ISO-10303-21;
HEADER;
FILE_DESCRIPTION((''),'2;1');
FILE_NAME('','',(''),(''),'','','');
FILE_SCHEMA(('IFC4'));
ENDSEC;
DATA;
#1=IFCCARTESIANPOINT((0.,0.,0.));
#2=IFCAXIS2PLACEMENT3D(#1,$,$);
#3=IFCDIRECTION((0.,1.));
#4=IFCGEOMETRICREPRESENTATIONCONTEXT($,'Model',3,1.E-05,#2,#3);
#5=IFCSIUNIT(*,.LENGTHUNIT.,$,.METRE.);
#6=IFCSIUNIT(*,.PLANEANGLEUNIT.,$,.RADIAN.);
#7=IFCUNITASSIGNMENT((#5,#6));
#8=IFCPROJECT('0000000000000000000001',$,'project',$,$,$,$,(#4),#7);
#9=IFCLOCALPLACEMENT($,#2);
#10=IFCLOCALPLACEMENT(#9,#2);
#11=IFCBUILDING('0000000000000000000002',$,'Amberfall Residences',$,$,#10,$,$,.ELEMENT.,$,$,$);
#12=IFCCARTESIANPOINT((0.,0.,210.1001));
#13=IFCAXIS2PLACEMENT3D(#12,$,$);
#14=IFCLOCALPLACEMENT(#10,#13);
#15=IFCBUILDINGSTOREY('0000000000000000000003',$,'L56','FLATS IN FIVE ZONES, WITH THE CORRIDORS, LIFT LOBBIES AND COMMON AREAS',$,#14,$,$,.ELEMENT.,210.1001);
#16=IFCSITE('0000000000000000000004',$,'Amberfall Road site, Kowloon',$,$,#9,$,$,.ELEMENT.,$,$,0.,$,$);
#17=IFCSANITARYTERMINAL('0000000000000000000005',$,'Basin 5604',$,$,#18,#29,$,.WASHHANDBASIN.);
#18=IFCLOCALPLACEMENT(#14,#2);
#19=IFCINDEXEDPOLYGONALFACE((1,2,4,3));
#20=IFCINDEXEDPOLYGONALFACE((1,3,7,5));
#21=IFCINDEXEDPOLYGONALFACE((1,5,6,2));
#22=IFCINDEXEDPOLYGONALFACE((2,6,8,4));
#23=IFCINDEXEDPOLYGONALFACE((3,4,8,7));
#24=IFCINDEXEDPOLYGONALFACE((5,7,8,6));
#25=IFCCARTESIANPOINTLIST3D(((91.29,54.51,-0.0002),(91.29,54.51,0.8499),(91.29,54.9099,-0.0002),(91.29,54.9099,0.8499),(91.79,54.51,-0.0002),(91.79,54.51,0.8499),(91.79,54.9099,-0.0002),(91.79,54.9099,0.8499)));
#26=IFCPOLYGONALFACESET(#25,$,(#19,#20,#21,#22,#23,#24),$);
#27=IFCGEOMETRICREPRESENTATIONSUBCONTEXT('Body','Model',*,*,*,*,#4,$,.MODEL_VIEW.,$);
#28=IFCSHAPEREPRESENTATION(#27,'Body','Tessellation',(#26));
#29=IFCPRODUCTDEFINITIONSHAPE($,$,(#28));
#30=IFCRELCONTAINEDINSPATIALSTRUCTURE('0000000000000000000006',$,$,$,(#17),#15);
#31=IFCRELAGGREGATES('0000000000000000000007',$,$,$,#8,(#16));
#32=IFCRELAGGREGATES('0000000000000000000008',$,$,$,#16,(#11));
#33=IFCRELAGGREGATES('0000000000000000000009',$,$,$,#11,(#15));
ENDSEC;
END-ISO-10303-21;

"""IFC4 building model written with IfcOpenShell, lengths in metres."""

from ifc_helpers import new_model, si_unit, direction, frame, origin, origin_2d, place, context, subcontext, project, spatial, rectangle, extrude, element, save


model = new_model("IFC4")

# Units and contexts
model_context = context("Model", 3, precision=1e-05, world=origin(), true_north=direction((0.0, 1.0)))
body_context = subcontext(model_context, "Body", "Model", "MODEL_VIEW")
ifc_project = project(units=[si_unit("LENGTHUNIT", "METRE"), si_unit("PLANEANGLEUNIT", "RADIAN")], contexts=[model_context])

# Site, building, storey
site_placement = place(None, origin())
site = spatial("IfcSite", under=ifc_project, at=site_placement, Name="Amberfall Road site, Kowloon", CompositionType="ELEMENT", RefElevation=0.0)
building_placement = place(site_placement, origin())
building = spatial("IfcBuilding", under=site, at=building_placement, Name="Amberfall Residences", CompositionType="ELEMENT")
storey_placement = place(building_placement, frame((0.0, 0.0, 210.1001)))
storey = spatial("IfcBuildingStorey", under=building, at=storey_placement, Name="L56", Description="FLATS IN FIVE ZONES, WITH THE CORRIDORS, LIFT LOBBIES AND COMMON AREAS", CompositionType="ELEMENT", Elevation=210.1001)

# Sanitary terminal
sanitary_terminal_1_placement = place(storey_placement, frame((91.54, 54.71, -0.0002), z_axis=(0.0, 0.0, 1.0), x_axis=(1.0, 0.0, 0.0)))
element("IfcSanitaryTerminal", 1, at=sanitary_terminal_1_placement, inside=storey, Name="Basin 5604", PredefinedType="WASHHANDBASIN", context=body_context, shape_type="SweptSolid", body=[
    extrude(rectangle(XDim=0.5, YDim=0.3999, at=origin_2d()), origin(), (0.0, 0.0, 1.0), 0.8501),
])

save(model, "model.ifc")
